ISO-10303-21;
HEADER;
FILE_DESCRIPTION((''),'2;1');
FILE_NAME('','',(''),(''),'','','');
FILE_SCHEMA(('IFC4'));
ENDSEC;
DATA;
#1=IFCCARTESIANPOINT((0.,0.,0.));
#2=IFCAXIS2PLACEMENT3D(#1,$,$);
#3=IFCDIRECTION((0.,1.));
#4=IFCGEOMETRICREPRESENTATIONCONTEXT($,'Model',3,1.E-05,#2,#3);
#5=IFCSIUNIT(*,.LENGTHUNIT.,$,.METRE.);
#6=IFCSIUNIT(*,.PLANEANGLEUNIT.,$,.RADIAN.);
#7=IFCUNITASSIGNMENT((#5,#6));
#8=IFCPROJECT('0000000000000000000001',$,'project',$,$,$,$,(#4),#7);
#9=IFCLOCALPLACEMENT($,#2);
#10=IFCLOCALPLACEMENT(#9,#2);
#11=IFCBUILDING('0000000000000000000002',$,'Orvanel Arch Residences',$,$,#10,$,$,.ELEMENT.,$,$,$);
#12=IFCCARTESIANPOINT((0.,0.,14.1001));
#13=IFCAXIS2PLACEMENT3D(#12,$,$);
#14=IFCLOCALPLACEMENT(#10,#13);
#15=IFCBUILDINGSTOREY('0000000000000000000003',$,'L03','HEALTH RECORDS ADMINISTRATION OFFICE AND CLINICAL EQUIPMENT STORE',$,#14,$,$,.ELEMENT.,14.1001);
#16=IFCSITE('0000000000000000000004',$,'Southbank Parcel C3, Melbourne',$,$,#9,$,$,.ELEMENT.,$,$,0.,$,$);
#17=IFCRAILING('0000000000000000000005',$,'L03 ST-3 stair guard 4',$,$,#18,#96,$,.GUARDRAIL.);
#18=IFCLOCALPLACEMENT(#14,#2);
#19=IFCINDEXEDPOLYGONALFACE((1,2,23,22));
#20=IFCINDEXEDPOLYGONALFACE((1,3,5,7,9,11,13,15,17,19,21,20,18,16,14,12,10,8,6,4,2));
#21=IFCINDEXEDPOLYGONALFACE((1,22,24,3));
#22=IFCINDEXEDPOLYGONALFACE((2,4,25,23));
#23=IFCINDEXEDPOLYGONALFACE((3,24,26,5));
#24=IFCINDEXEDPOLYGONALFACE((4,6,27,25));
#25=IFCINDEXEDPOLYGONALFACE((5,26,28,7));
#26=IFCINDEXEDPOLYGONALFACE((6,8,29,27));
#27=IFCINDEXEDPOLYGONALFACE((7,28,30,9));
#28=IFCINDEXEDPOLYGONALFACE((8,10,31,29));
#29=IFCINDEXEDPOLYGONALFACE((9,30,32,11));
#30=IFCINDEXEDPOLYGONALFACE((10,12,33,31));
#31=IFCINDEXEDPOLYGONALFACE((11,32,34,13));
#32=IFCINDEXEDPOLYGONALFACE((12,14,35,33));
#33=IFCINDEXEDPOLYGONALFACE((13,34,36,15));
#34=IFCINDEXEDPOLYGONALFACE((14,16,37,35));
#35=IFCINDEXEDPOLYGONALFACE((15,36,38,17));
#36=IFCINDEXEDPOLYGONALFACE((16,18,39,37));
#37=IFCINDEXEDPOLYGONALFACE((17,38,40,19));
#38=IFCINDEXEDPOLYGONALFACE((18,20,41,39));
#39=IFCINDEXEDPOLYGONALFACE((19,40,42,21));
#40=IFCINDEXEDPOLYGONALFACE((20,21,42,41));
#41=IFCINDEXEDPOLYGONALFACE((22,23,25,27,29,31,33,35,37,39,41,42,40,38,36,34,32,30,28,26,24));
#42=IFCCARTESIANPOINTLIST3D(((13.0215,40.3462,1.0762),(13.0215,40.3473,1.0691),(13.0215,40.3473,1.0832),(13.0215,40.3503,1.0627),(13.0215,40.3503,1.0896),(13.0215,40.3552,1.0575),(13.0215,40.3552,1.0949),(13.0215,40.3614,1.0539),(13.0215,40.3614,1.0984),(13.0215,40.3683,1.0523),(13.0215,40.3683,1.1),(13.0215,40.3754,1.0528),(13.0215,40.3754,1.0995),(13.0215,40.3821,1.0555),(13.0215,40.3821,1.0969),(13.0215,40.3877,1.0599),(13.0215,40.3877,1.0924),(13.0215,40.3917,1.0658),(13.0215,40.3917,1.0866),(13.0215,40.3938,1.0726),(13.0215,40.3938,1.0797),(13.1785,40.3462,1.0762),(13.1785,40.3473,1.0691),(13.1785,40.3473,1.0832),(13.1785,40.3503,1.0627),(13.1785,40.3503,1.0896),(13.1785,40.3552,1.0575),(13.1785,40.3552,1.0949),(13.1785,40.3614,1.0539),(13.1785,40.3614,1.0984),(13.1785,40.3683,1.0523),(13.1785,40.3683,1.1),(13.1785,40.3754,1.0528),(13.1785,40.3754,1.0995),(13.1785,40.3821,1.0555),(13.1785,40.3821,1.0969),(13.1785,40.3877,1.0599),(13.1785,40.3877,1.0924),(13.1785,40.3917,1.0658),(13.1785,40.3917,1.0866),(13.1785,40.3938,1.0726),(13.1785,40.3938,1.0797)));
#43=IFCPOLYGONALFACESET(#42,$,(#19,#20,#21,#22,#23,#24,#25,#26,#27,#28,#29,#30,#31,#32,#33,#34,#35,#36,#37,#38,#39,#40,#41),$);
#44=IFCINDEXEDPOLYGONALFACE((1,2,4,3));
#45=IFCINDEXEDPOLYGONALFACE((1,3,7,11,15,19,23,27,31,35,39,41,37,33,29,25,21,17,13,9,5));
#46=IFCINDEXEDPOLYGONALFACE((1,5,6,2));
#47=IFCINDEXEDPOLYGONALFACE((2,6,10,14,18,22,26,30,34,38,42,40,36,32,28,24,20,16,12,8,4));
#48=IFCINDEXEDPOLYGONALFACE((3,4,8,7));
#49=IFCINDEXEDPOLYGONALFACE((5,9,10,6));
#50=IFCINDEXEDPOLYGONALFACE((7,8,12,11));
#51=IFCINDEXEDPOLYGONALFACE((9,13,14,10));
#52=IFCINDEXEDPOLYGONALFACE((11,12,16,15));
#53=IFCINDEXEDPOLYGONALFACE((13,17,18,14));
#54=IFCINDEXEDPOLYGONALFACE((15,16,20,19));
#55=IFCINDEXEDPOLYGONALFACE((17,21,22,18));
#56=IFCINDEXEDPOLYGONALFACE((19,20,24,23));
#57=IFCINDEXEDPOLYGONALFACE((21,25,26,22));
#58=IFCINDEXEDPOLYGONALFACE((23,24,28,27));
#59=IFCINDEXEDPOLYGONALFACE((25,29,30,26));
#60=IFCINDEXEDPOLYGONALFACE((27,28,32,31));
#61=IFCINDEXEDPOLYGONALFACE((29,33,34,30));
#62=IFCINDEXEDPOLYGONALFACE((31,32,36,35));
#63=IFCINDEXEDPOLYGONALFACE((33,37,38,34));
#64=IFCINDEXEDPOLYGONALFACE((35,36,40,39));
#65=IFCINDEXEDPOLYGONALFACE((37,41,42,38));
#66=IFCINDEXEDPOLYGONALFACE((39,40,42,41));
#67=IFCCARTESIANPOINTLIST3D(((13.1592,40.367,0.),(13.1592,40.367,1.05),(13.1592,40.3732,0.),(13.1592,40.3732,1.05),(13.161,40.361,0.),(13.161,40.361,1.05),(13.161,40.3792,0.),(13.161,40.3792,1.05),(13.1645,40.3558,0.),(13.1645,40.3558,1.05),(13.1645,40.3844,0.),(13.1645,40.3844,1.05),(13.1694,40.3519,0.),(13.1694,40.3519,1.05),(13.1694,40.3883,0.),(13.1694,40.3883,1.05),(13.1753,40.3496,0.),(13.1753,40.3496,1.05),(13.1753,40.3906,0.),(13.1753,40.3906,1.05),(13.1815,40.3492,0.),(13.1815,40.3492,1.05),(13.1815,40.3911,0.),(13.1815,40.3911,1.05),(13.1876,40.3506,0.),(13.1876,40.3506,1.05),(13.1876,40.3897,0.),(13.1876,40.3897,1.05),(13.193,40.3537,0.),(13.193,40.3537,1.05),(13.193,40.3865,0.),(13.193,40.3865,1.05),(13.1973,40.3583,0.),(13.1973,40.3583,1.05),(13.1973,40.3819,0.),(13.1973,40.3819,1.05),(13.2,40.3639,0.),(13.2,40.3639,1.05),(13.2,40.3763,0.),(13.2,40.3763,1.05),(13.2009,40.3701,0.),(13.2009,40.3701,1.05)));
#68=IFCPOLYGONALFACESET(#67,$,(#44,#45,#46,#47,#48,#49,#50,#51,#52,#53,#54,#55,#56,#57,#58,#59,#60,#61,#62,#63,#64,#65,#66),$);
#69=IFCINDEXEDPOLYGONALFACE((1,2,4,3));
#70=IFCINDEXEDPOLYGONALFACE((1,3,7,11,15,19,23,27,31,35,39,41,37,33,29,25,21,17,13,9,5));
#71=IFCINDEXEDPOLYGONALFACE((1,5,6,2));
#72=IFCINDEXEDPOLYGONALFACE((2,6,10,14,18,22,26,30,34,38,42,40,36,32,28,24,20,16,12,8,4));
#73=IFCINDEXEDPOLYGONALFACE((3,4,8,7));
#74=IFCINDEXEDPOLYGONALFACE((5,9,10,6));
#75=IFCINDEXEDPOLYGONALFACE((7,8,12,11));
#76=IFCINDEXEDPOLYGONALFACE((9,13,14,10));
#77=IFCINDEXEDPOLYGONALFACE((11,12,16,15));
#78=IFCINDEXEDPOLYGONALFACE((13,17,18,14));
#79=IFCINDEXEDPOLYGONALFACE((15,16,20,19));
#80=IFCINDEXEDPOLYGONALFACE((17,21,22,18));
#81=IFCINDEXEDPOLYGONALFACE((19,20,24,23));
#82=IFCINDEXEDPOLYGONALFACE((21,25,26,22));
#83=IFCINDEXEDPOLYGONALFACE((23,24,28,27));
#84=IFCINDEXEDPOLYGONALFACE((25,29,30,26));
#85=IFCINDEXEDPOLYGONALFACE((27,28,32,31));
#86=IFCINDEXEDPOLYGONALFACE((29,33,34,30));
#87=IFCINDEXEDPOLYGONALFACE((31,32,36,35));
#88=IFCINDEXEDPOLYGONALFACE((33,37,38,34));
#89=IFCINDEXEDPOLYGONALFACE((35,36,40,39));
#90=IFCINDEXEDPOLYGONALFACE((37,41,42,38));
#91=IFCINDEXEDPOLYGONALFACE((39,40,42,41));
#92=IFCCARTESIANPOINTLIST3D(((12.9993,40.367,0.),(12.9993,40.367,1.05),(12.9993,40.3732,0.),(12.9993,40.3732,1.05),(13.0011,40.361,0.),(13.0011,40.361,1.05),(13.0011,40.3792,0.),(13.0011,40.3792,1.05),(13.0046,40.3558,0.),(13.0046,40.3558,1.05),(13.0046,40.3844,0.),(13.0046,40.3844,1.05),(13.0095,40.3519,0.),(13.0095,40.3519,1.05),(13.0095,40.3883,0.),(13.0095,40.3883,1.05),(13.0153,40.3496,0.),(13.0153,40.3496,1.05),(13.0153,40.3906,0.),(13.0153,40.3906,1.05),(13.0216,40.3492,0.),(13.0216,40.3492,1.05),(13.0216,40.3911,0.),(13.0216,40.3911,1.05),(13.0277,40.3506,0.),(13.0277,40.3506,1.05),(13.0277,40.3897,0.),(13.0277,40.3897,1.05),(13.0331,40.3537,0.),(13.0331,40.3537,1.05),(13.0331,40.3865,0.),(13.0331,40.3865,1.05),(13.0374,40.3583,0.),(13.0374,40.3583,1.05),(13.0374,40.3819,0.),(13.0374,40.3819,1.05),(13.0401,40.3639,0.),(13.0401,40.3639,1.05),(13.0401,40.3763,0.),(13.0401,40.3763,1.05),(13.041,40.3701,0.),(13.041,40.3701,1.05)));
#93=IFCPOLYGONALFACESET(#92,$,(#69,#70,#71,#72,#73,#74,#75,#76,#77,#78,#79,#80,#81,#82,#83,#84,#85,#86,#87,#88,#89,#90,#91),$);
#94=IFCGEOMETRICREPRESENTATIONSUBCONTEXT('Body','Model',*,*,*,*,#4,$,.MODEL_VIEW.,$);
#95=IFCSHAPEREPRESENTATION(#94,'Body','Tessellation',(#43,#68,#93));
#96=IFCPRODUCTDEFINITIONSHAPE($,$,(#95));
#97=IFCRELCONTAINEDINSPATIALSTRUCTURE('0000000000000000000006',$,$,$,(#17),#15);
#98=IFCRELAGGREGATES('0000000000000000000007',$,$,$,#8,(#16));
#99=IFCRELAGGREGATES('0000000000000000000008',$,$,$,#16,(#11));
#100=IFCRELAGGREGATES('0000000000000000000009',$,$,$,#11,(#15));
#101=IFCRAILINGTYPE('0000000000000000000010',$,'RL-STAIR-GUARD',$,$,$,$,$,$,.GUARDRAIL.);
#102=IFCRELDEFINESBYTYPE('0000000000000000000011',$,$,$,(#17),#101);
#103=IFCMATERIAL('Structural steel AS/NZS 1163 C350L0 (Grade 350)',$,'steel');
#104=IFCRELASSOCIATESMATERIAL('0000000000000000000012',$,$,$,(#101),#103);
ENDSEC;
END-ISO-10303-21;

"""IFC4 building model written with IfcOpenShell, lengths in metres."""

from ifc_helpers import new_model, si_unit, direction, frame, origin, origin_2d, place, context, subcontext, project, spatial, circle, extrude, material, type_object, element, save


model = new_model("IFC4")

# Units and contexts
model_context = context("Model", 3, precision=1e-05, world=origin(), true_north=direction((0.0, 1.0)))
body_context = subcontext(model_context, "Body", "Model", "MODEL_VIEW")
ifc_project = project(units=[si_unit("LENGTHUNIT", "METRE"), si_unit("PLANEANGLEUNIT", "RADIAN")], contexts=[model_context])

# Site, building, storey
site_placement = place(None, origin())
site = spatial("IfcSite", under=ifc_project, at=site_placement, Name="Southbank Parcel C3, Melbourne", CompositionType="ELEMENT", RefElevation=0.0)
building_placement = place(site_placement, origin())
building = spatial("IfcBuilding", under=site, at=building_placement, Name="Orvanel Arch Residences", CompositionType="ELEMENT")
storey_placement = place(building_placement, frame((0.0, 0.0, 14.1001)))
storey = spatial("IfcBuildingStorey", under=building, at=storey_placement, Name="L03", Description="HEALTH RECORDS ADMINISTRATION OFFICE AND CLINICAL EQUIPMENT STORE", CompositionType="ELEMENT", Elevation=14.1001)

# Railing
ifc_material_1 = material(Name="Structural steel AS/NZS 1163 C350L0 (Grade 350)", Category="steel")
railing_type_1 = type_object("IfcRailingType", Name="RL-STAIR-GUARD", PredefinedType="GUARDRAIL", material=ifc_material_1)
railing_1_placement = place(storey_placement, frame((13.1799, 40.3701, 0.0)))
element("IfcRailing", 1, at=railing_1_placement, inside=storey, type_object=railing_type_1, Name="L03 ST-3 stair guard 4", PredefinedType="GUARDRAIL", context=body_context, shape_type="SweptSolid", body=[
    extrude(circle(Radius=0.0239, at=origin_2d()), frame((-0.0015, 0.0, 1.0762), z_axis=(-1.0, 0.0, 0.0), x_axis=(0.0, -1.0, 0.0)), (0.0, 0.0, 1.0), 0.157),
    extrude(circle(Radius=0.021, at=origin_2d()), origin(), (0.0, 0.0, 1.0), 1.05),
    extrude(circle(Radius=0.021, at=origin_2d()), frame((-0.1599, 0.0, 0.0)), (0.0, 0.0, 1.0), 1.05),
])

save(model, "model.ifc")
